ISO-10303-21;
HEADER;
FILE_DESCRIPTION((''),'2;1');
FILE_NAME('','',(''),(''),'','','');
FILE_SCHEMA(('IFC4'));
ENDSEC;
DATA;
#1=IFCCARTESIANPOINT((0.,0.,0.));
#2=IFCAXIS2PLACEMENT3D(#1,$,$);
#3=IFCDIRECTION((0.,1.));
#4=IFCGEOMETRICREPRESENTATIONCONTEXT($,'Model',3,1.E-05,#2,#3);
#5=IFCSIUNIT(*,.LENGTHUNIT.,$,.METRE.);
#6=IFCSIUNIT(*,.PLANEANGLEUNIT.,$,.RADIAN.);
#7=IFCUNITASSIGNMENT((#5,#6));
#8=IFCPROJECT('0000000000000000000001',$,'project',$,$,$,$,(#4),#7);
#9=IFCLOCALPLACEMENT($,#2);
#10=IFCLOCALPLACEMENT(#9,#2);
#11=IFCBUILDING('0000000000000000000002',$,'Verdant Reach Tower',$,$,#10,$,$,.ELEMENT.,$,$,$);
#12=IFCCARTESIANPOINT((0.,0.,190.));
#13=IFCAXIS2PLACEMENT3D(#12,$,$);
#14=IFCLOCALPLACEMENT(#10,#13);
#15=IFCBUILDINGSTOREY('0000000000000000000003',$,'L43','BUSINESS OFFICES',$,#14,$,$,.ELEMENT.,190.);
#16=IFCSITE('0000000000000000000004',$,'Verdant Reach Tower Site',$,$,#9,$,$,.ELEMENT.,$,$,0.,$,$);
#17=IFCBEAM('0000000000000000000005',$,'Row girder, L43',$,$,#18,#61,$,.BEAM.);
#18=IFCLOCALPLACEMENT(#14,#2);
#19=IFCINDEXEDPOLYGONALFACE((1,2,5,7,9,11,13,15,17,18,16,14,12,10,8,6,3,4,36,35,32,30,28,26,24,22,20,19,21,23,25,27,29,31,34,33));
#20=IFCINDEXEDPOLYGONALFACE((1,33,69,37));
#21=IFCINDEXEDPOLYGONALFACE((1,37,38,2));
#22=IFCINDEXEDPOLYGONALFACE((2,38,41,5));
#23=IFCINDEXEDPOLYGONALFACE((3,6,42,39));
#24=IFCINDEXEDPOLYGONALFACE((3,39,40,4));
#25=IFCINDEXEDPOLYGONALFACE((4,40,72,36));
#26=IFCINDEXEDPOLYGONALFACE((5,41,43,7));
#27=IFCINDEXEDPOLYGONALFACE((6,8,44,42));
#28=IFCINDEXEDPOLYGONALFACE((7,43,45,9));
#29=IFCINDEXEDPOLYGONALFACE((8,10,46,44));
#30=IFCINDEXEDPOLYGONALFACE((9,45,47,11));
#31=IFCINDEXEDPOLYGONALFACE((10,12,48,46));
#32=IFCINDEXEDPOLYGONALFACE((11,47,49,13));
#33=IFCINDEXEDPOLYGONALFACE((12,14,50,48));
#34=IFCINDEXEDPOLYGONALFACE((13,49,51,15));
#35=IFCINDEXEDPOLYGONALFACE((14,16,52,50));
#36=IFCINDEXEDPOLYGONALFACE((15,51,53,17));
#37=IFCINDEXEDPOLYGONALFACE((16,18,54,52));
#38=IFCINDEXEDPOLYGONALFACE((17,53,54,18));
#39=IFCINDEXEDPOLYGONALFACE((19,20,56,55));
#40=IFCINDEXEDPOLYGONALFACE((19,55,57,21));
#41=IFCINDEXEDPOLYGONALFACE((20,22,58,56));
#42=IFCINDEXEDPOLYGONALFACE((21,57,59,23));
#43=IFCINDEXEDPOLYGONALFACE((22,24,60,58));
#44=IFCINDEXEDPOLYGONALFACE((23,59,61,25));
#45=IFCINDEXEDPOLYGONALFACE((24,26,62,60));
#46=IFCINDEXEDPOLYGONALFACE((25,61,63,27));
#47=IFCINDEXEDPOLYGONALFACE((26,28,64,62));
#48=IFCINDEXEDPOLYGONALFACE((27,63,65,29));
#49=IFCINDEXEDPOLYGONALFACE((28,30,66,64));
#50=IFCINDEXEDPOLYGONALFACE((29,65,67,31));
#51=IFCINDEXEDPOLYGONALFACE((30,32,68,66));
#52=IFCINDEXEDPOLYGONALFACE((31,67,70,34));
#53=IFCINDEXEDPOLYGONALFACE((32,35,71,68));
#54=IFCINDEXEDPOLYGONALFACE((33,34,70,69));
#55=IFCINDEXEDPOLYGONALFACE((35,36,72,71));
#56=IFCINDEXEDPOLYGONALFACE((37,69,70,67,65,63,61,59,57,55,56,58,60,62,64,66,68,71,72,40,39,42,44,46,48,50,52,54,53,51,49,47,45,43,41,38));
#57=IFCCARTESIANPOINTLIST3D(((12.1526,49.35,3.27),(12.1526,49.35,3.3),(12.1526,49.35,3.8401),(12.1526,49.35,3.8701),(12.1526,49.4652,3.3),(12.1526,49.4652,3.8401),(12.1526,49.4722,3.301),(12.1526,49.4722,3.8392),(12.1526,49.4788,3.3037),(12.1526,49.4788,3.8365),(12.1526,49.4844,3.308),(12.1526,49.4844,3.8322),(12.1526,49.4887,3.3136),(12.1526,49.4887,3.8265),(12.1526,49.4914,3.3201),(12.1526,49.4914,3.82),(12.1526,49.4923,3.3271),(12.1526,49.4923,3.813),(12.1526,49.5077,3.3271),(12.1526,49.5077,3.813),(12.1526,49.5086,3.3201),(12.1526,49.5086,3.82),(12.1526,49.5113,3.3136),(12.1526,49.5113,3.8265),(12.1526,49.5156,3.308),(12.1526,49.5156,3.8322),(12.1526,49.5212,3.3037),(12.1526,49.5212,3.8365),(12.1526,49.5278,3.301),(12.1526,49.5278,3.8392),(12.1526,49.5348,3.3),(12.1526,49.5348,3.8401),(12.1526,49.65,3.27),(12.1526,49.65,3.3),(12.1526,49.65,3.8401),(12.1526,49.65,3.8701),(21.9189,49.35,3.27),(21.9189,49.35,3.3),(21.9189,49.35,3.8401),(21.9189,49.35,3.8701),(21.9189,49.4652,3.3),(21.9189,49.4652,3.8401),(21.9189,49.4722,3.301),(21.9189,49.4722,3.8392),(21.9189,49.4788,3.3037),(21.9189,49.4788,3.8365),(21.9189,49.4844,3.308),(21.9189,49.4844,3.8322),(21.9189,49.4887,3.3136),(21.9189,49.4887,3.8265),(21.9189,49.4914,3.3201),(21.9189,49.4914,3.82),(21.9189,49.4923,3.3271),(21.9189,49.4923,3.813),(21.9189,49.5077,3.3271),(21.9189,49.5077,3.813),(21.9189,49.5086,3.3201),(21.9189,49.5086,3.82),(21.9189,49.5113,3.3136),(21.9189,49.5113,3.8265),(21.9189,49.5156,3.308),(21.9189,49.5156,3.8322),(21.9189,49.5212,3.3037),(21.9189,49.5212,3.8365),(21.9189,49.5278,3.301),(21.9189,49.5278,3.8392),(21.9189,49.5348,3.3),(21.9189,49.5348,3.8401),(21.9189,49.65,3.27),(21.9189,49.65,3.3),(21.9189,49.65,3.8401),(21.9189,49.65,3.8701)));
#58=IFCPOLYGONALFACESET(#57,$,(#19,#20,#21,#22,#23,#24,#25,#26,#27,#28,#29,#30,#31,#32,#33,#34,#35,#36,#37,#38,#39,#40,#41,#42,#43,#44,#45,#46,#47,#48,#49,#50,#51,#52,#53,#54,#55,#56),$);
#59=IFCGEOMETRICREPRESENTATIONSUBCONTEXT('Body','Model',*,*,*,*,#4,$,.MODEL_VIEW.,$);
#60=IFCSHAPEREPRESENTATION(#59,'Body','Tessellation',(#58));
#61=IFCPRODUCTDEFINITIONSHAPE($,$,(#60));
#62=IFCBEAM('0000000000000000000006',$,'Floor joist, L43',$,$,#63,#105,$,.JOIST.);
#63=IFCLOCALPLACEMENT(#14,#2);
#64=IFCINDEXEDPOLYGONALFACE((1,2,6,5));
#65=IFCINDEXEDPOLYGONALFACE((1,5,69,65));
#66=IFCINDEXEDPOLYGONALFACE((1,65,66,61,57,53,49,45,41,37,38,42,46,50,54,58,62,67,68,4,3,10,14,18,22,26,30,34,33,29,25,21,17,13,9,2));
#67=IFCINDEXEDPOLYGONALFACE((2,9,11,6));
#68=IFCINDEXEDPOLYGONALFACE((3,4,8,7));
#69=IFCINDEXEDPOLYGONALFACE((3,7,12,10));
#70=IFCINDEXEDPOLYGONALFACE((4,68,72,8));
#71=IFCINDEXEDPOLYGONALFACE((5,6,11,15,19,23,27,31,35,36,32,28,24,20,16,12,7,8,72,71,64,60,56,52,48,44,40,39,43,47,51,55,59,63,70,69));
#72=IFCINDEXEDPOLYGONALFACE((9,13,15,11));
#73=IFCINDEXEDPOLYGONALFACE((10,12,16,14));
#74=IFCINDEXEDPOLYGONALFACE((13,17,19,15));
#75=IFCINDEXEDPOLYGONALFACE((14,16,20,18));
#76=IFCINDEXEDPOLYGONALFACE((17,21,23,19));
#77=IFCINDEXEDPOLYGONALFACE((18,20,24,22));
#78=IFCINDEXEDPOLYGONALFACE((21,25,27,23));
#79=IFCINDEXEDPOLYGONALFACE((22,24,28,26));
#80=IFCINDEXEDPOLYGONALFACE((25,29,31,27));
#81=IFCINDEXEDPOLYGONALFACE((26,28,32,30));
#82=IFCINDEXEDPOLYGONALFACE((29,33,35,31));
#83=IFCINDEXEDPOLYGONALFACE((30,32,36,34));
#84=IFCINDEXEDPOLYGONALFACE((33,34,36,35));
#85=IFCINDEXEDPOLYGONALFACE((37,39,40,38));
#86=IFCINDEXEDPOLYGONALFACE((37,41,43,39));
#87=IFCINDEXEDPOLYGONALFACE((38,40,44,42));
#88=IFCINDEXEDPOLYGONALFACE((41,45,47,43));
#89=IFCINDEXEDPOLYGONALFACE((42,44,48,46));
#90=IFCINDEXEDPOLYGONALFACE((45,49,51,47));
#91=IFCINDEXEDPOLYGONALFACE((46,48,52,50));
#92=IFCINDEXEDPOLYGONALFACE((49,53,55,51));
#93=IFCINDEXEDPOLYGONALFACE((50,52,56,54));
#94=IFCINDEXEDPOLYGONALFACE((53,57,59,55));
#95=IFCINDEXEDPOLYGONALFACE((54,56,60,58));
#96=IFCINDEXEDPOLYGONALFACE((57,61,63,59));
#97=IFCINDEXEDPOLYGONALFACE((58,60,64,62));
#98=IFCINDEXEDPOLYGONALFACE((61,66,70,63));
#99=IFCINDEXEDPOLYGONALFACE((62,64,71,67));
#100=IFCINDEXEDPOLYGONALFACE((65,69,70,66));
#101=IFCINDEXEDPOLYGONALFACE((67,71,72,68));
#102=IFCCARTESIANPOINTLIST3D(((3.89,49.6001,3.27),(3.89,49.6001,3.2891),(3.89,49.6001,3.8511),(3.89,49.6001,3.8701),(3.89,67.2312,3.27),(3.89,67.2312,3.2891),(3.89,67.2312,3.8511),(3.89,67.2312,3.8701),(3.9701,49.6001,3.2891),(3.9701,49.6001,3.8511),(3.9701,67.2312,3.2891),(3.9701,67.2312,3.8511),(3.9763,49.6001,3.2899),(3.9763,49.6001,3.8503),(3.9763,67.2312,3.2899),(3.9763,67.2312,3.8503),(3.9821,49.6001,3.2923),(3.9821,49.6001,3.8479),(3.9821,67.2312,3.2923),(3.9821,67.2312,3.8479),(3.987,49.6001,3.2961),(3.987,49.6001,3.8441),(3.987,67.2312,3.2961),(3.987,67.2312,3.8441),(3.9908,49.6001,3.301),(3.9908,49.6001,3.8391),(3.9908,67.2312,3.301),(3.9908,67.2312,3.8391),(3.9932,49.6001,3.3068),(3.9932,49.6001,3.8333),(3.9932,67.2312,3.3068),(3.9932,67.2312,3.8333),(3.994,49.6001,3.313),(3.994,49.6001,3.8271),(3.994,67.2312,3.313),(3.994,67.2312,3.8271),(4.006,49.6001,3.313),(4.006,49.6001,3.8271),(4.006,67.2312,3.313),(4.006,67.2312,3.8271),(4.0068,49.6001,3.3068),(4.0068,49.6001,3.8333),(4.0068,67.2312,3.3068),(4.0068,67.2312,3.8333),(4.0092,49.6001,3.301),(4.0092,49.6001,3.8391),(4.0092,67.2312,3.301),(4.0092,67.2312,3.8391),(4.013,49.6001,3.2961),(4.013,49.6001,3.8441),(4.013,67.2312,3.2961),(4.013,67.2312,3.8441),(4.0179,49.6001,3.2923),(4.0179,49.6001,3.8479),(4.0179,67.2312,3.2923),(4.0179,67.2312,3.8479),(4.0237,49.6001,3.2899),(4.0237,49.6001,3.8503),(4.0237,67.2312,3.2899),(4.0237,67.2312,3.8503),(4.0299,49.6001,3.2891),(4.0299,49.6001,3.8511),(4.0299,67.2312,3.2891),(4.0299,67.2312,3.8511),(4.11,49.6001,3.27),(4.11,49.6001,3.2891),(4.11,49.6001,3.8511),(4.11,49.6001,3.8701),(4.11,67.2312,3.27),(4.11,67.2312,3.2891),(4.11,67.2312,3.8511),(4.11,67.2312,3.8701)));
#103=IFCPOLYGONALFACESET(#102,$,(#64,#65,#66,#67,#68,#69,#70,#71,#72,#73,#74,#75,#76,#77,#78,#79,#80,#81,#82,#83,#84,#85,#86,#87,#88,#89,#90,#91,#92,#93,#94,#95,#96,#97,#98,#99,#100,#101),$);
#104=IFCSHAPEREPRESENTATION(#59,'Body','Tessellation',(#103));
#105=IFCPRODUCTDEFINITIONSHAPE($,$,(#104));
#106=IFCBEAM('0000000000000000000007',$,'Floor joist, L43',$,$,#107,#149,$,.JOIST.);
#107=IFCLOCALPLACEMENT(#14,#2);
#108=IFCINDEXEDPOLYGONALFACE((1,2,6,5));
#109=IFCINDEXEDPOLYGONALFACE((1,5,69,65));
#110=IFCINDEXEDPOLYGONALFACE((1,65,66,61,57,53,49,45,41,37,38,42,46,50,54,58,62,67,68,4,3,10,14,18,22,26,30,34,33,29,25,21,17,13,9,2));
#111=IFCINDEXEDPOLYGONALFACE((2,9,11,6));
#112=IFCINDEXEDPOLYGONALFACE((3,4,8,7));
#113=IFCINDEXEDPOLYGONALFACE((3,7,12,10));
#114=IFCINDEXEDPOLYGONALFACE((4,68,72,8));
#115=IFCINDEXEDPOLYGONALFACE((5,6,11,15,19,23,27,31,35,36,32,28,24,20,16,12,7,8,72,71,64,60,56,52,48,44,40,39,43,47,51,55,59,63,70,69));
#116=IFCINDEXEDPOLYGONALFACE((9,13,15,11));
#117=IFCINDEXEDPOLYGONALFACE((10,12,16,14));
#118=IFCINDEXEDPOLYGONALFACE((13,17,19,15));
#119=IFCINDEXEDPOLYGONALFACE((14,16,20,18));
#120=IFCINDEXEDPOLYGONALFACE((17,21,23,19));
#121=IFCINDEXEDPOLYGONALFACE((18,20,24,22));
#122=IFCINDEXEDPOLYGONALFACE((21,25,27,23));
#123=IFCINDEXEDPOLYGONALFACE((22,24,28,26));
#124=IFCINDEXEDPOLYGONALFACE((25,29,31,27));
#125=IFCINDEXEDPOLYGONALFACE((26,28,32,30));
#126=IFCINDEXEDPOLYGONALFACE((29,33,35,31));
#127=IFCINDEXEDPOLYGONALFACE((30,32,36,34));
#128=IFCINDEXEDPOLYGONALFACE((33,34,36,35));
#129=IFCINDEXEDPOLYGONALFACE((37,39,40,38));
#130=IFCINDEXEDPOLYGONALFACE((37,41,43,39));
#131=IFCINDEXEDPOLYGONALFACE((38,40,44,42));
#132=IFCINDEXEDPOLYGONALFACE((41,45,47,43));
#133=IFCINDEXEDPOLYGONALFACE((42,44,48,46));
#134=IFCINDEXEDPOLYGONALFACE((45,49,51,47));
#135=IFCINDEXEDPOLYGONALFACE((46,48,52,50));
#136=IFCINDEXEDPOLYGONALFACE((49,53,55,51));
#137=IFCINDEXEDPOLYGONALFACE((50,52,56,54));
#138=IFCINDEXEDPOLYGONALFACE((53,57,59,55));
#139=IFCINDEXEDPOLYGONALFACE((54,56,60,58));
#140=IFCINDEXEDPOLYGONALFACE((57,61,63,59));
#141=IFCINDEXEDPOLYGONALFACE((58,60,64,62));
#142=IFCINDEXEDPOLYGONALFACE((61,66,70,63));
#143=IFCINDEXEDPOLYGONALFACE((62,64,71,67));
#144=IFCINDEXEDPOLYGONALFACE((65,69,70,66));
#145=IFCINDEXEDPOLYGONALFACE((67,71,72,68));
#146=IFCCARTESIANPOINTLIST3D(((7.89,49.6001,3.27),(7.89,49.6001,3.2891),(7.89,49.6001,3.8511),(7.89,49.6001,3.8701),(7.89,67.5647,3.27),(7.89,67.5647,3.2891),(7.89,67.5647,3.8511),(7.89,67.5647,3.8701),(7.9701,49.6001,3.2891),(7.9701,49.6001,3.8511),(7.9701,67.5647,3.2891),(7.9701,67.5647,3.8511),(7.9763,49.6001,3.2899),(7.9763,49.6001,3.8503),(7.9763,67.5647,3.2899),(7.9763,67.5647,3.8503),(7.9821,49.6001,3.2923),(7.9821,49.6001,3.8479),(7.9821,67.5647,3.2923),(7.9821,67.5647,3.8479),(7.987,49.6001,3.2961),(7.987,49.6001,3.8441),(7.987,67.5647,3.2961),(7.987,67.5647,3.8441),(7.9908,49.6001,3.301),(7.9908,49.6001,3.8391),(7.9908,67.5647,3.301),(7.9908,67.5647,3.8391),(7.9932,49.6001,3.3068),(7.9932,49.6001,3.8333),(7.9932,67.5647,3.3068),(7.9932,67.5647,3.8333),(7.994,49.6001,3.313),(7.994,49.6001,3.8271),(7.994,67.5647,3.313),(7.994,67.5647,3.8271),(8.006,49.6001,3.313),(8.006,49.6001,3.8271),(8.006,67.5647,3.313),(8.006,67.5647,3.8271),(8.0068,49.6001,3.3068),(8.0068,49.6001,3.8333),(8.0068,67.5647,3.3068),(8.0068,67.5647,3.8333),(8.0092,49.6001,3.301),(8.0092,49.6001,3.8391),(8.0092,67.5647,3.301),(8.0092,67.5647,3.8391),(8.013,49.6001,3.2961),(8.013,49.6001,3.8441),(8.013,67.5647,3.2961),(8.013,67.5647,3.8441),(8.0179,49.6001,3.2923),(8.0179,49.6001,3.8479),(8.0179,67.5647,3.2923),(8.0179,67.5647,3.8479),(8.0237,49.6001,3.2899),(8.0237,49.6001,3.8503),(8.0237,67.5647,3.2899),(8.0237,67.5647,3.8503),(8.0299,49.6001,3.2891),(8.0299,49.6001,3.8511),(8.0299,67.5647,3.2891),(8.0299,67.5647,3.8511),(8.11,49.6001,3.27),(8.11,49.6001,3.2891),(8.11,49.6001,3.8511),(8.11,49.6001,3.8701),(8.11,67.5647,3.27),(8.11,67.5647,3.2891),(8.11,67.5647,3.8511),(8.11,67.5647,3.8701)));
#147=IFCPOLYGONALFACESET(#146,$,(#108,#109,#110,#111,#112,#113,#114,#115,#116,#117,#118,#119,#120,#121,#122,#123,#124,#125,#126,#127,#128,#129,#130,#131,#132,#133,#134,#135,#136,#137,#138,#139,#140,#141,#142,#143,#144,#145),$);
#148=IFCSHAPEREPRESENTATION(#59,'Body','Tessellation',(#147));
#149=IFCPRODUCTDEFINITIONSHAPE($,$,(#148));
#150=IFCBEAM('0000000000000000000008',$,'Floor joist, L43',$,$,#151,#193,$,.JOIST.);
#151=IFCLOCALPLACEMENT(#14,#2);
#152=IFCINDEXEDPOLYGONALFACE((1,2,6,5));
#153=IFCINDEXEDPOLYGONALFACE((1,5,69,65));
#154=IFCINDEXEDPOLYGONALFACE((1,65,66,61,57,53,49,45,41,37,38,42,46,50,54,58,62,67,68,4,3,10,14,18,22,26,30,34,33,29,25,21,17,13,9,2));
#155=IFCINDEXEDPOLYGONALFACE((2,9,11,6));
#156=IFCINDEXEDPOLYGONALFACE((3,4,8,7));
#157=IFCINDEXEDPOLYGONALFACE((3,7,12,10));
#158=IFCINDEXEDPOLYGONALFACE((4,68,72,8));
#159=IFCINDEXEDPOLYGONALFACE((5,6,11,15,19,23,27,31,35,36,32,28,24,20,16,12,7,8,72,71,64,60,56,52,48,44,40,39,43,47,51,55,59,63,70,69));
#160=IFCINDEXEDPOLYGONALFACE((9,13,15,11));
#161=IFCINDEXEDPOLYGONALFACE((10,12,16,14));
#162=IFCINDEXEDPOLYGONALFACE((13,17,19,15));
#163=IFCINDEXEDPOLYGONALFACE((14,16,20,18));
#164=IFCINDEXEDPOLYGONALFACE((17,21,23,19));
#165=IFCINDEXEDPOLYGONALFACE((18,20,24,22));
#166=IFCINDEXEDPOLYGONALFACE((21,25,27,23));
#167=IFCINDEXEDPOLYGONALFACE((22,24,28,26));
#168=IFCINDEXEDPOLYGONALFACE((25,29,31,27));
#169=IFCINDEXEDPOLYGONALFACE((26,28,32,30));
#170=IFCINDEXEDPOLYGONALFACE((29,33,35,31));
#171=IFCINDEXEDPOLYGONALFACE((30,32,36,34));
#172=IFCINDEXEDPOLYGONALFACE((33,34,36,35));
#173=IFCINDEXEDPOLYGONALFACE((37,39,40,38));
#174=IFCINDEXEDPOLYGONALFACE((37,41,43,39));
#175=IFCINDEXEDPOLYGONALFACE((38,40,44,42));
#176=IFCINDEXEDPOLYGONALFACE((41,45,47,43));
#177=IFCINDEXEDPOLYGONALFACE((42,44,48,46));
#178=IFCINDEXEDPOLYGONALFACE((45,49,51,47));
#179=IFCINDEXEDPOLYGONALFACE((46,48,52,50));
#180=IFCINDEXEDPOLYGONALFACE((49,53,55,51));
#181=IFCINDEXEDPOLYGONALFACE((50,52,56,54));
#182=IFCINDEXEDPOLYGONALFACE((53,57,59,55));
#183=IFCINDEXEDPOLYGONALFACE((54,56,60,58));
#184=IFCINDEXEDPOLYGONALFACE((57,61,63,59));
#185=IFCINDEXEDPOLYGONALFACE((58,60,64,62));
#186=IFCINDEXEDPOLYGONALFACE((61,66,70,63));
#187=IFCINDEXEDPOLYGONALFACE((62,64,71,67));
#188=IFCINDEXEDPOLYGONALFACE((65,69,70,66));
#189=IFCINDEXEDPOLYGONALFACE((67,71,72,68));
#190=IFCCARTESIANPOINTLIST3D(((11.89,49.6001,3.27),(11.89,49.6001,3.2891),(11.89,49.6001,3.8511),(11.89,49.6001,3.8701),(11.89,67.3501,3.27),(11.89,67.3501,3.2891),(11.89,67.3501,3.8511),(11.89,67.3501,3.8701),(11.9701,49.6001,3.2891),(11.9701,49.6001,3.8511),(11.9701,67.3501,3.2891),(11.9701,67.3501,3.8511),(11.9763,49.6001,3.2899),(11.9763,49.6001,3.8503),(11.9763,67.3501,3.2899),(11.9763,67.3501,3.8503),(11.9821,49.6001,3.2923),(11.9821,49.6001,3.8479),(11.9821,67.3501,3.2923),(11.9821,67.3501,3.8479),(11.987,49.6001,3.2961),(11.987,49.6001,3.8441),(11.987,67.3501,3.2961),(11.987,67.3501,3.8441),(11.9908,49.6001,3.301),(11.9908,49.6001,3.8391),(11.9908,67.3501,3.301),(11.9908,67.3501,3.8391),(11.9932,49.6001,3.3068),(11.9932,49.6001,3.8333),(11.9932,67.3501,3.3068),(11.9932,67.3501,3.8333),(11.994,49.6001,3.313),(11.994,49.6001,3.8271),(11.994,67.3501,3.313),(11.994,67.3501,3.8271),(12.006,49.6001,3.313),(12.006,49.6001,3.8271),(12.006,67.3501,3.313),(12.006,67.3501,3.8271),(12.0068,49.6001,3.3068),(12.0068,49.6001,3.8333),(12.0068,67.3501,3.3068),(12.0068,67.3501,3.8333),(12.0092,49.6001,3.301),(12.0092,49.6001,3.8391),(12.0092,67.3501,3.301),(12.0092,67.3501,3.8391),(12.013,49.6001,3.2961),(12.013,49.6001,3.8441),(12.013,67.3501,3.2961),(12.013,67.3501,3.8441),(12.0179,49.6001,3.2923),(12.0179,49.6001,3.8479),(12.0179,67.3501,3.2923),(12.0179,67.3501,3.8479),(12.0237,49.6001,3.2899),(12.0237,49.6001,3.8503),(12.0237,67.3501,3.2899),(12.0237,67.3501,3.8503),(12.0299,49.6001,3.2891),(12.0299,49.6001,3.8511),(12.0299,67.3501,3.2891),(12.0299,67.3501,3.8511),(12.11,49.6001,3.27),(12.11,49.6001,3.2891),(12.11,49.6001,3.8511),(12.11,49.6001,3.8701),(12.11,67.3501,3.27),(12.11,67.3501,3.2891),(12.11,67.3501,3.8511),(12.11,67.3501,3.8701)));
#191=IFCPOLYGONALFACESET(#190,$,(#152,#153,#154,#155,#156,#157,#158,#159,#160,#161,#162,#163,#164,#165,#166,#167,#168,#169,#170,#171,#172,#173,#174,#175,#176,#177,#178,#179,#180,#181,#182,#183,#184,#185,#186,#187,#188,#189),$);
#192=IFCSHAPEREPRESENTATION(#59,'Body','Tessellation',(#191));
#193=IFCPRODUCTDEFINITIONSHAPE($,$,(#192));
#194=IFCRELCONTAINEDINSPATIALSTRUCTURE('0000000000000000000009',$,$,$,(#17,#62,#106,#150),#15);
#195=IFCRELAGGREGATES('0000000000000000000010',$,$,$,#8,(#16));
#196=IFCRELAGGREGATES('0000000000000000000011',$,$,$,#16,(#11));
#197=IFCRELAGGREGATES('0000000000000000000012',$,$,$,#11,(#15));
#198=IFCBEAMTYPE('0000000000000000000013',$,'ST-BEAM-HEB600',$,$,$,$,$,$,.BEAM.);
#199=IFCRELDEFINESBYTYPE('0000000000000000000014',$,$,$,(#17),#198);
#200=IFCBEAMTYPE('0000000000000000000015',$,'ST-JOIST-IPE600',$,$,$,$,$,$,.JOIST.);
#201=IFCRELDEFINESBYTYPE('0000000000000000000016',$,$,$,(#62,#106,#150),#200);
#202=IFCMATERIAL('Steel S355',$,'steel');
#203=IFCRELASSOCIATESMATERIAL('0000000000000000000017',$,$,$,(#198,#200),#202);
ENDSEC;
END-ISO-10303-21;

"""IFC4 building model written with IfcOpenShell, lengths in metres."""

from ifc_helpers import new_model, si_unit, direction, frame, origin, origin_2d, place, context, subcontext, project, spatial, i_section, extrude, material, material_profile, profile_set, type_object, element, save


model = new_model("IFC4")

# Units and contexts
model_context = context("Model", 3, precision=1e-05, world=origin(), true_north=direction((0.0, 1.0)))
body_context = subcontext(model_context, "Body", "Model", "MODEL_VIEW")
ifc_project = project(units=[si_unit("LENGTHUNIT", "METRE"), si_unit("PLANEANGLEUNIT", "RADIAN")], contexts=[model_context])

# Site, building, storey
site_placement = place(None, origin())
site = spatial("IfcSite", under=ifc_project, at=site_placement, Name="Verdant Reach Tower Site", CompositionType="ELEMENT", RefElevation=0.0)
building_placement = place(site_placement, origin())
building = spatial("IfcBuilding", under=site, at=building_placement, Name="Verdant Reach Tower", CompositionType="ELEMENT")
storey_placement = place(building_placement, frame((0.0, 0.0, 190.0)))
storey = spatial("IfcBuildingStorey", under=building, at=storey_placement, Name="L43", Description="BUSINESS OFFICES", CompositionType="ELEMENT", Elevation=190.0)

# Beams
ifc_material_1 = material(Name="Steel S355", Category="steel")
ifc_material_profile_1 = material_profile(ifc_material_1, i_section(OverallWidth=0.3, OverallDepth=0.6001, WebThickness=0.0154, FlangeThickness=0.03, FilletRadius=0.0271, at=origin_2d()), Name="HEB 600")
ifc_profile_set_1 = profile_set([ifc_material_profile_1], Name="Steel S355")
beam_type_1 = type_object("IfcBeamType", Name="ST-BEAM-HEB600", PredefinedType="BEAM", material=ifc_profile_set_1)
beam_1_placement = place(storey_placement, frame((12.1526, 49.5, 3.5701), z_axis=(1.0, 0.0, 0.0), x_axis=(0.0, 1.0, 0.0)))
element("IfcBeam", 1, at=beam_1_placement, inside=storey, type_object=beam_type_1, Name="Row girder, L43", PredefinedType="BEAM", context=body_context, shape_type="SweptSolid", body=[
    extrude(i_section(OverallWidth=0.3, OverallDepth=0.6001, WebThickness=0.0154, FlangeThickness=0.03, FilletRadius=0.0271, at=origin_2d()), origin(), (0.0, 0.0, 1.0), 9.7664),
])
ifc_material_profile_2 = material_profile(ifc_material_1, i_section(OverallWidth=0.22, OverallDepth=0.6001, WebThickness=0.012, FlangeThickness=0.019, FilletRadius=0.0239, at=origin_2d()), Name="IPE 600")
ifc_profile_set_2 = profile_set([ifc_material_profile_2], Name="Steel S355")
beam_type_2 = type_object("IfcBeamType", Name="ST-JOIST-IPE600", PredefinedType="JOIST", material=ifc_profile_set_2)
beam_2_placement = place(storey_placement, frame((4.0, 49.6001, 3.5701), z_axis=(0.0, 1.0, 0.0), x_axis=(-1.0, 0.0, 0.0)))
element("IfcBeam", 2, at=beam_2_placement, inside=storey, type_object=beam_type_2, Name="Floor joist, L43", PredefinedType="JOIST", context=body_context, shape_type="SweptSolid", body=[
    extrude(i_section(OverallWidth=0.22, OverallDepth=0.6001, WebThickness=0.012, FlangeThickness=0.019, FilletRadius=0.0239, at=origin_2d()), origin(), (0.0, 0.0, 1.0), 17.6311),
])
beam_3_placement = place(storey_placement, frame((8.0, 49.6001, 3.5701), z_axis=(0.0, 1.0, 0.0), x_axis=(-1.0, 0.0, 0.0)))
element("IfcBeam", 3, at=beam_3_placement, inside=storey, type_object=beam_type_2, Name="Floor joist, L43", PredefinedType="JOIST", context=body_context, shape_type="SweptSolid", body=[
    extrude(i_section(OverallWidth=0.22, OverallDepth=0.6001, WebThickness=0.012, FlangeThickness=0.019, FilletRadius=0.0239, at=origin_2d()), origin(), (0.0, 0.0, 1.0), 17.9646),
])
beam_4_placement = place(storey_placement, frame((12.0, 49.6001, 3.5701), z_axis=(0.0, 1.0, 0.0), x_axis=(-1.0, 0.0, 0.0)))
element("IfcBeam", 4, at=beam_4_placement, inside=storey, type_object=beam_type_2, Name="Floor joist, L43", PredefinedType="JOIST", context=body_context, shape_type="SweptSolid", body=[
    extrude(i_section(OverallWidth=0.22, OverallDepth=0.6001, WebThickness=0.012, FlangeThickness=0.019, FilletRadius=0.0239, at=origin_2d()), origin(), (0.0, 0.0, 1.0), 17.75),
])

save(model, "model.ifc")
